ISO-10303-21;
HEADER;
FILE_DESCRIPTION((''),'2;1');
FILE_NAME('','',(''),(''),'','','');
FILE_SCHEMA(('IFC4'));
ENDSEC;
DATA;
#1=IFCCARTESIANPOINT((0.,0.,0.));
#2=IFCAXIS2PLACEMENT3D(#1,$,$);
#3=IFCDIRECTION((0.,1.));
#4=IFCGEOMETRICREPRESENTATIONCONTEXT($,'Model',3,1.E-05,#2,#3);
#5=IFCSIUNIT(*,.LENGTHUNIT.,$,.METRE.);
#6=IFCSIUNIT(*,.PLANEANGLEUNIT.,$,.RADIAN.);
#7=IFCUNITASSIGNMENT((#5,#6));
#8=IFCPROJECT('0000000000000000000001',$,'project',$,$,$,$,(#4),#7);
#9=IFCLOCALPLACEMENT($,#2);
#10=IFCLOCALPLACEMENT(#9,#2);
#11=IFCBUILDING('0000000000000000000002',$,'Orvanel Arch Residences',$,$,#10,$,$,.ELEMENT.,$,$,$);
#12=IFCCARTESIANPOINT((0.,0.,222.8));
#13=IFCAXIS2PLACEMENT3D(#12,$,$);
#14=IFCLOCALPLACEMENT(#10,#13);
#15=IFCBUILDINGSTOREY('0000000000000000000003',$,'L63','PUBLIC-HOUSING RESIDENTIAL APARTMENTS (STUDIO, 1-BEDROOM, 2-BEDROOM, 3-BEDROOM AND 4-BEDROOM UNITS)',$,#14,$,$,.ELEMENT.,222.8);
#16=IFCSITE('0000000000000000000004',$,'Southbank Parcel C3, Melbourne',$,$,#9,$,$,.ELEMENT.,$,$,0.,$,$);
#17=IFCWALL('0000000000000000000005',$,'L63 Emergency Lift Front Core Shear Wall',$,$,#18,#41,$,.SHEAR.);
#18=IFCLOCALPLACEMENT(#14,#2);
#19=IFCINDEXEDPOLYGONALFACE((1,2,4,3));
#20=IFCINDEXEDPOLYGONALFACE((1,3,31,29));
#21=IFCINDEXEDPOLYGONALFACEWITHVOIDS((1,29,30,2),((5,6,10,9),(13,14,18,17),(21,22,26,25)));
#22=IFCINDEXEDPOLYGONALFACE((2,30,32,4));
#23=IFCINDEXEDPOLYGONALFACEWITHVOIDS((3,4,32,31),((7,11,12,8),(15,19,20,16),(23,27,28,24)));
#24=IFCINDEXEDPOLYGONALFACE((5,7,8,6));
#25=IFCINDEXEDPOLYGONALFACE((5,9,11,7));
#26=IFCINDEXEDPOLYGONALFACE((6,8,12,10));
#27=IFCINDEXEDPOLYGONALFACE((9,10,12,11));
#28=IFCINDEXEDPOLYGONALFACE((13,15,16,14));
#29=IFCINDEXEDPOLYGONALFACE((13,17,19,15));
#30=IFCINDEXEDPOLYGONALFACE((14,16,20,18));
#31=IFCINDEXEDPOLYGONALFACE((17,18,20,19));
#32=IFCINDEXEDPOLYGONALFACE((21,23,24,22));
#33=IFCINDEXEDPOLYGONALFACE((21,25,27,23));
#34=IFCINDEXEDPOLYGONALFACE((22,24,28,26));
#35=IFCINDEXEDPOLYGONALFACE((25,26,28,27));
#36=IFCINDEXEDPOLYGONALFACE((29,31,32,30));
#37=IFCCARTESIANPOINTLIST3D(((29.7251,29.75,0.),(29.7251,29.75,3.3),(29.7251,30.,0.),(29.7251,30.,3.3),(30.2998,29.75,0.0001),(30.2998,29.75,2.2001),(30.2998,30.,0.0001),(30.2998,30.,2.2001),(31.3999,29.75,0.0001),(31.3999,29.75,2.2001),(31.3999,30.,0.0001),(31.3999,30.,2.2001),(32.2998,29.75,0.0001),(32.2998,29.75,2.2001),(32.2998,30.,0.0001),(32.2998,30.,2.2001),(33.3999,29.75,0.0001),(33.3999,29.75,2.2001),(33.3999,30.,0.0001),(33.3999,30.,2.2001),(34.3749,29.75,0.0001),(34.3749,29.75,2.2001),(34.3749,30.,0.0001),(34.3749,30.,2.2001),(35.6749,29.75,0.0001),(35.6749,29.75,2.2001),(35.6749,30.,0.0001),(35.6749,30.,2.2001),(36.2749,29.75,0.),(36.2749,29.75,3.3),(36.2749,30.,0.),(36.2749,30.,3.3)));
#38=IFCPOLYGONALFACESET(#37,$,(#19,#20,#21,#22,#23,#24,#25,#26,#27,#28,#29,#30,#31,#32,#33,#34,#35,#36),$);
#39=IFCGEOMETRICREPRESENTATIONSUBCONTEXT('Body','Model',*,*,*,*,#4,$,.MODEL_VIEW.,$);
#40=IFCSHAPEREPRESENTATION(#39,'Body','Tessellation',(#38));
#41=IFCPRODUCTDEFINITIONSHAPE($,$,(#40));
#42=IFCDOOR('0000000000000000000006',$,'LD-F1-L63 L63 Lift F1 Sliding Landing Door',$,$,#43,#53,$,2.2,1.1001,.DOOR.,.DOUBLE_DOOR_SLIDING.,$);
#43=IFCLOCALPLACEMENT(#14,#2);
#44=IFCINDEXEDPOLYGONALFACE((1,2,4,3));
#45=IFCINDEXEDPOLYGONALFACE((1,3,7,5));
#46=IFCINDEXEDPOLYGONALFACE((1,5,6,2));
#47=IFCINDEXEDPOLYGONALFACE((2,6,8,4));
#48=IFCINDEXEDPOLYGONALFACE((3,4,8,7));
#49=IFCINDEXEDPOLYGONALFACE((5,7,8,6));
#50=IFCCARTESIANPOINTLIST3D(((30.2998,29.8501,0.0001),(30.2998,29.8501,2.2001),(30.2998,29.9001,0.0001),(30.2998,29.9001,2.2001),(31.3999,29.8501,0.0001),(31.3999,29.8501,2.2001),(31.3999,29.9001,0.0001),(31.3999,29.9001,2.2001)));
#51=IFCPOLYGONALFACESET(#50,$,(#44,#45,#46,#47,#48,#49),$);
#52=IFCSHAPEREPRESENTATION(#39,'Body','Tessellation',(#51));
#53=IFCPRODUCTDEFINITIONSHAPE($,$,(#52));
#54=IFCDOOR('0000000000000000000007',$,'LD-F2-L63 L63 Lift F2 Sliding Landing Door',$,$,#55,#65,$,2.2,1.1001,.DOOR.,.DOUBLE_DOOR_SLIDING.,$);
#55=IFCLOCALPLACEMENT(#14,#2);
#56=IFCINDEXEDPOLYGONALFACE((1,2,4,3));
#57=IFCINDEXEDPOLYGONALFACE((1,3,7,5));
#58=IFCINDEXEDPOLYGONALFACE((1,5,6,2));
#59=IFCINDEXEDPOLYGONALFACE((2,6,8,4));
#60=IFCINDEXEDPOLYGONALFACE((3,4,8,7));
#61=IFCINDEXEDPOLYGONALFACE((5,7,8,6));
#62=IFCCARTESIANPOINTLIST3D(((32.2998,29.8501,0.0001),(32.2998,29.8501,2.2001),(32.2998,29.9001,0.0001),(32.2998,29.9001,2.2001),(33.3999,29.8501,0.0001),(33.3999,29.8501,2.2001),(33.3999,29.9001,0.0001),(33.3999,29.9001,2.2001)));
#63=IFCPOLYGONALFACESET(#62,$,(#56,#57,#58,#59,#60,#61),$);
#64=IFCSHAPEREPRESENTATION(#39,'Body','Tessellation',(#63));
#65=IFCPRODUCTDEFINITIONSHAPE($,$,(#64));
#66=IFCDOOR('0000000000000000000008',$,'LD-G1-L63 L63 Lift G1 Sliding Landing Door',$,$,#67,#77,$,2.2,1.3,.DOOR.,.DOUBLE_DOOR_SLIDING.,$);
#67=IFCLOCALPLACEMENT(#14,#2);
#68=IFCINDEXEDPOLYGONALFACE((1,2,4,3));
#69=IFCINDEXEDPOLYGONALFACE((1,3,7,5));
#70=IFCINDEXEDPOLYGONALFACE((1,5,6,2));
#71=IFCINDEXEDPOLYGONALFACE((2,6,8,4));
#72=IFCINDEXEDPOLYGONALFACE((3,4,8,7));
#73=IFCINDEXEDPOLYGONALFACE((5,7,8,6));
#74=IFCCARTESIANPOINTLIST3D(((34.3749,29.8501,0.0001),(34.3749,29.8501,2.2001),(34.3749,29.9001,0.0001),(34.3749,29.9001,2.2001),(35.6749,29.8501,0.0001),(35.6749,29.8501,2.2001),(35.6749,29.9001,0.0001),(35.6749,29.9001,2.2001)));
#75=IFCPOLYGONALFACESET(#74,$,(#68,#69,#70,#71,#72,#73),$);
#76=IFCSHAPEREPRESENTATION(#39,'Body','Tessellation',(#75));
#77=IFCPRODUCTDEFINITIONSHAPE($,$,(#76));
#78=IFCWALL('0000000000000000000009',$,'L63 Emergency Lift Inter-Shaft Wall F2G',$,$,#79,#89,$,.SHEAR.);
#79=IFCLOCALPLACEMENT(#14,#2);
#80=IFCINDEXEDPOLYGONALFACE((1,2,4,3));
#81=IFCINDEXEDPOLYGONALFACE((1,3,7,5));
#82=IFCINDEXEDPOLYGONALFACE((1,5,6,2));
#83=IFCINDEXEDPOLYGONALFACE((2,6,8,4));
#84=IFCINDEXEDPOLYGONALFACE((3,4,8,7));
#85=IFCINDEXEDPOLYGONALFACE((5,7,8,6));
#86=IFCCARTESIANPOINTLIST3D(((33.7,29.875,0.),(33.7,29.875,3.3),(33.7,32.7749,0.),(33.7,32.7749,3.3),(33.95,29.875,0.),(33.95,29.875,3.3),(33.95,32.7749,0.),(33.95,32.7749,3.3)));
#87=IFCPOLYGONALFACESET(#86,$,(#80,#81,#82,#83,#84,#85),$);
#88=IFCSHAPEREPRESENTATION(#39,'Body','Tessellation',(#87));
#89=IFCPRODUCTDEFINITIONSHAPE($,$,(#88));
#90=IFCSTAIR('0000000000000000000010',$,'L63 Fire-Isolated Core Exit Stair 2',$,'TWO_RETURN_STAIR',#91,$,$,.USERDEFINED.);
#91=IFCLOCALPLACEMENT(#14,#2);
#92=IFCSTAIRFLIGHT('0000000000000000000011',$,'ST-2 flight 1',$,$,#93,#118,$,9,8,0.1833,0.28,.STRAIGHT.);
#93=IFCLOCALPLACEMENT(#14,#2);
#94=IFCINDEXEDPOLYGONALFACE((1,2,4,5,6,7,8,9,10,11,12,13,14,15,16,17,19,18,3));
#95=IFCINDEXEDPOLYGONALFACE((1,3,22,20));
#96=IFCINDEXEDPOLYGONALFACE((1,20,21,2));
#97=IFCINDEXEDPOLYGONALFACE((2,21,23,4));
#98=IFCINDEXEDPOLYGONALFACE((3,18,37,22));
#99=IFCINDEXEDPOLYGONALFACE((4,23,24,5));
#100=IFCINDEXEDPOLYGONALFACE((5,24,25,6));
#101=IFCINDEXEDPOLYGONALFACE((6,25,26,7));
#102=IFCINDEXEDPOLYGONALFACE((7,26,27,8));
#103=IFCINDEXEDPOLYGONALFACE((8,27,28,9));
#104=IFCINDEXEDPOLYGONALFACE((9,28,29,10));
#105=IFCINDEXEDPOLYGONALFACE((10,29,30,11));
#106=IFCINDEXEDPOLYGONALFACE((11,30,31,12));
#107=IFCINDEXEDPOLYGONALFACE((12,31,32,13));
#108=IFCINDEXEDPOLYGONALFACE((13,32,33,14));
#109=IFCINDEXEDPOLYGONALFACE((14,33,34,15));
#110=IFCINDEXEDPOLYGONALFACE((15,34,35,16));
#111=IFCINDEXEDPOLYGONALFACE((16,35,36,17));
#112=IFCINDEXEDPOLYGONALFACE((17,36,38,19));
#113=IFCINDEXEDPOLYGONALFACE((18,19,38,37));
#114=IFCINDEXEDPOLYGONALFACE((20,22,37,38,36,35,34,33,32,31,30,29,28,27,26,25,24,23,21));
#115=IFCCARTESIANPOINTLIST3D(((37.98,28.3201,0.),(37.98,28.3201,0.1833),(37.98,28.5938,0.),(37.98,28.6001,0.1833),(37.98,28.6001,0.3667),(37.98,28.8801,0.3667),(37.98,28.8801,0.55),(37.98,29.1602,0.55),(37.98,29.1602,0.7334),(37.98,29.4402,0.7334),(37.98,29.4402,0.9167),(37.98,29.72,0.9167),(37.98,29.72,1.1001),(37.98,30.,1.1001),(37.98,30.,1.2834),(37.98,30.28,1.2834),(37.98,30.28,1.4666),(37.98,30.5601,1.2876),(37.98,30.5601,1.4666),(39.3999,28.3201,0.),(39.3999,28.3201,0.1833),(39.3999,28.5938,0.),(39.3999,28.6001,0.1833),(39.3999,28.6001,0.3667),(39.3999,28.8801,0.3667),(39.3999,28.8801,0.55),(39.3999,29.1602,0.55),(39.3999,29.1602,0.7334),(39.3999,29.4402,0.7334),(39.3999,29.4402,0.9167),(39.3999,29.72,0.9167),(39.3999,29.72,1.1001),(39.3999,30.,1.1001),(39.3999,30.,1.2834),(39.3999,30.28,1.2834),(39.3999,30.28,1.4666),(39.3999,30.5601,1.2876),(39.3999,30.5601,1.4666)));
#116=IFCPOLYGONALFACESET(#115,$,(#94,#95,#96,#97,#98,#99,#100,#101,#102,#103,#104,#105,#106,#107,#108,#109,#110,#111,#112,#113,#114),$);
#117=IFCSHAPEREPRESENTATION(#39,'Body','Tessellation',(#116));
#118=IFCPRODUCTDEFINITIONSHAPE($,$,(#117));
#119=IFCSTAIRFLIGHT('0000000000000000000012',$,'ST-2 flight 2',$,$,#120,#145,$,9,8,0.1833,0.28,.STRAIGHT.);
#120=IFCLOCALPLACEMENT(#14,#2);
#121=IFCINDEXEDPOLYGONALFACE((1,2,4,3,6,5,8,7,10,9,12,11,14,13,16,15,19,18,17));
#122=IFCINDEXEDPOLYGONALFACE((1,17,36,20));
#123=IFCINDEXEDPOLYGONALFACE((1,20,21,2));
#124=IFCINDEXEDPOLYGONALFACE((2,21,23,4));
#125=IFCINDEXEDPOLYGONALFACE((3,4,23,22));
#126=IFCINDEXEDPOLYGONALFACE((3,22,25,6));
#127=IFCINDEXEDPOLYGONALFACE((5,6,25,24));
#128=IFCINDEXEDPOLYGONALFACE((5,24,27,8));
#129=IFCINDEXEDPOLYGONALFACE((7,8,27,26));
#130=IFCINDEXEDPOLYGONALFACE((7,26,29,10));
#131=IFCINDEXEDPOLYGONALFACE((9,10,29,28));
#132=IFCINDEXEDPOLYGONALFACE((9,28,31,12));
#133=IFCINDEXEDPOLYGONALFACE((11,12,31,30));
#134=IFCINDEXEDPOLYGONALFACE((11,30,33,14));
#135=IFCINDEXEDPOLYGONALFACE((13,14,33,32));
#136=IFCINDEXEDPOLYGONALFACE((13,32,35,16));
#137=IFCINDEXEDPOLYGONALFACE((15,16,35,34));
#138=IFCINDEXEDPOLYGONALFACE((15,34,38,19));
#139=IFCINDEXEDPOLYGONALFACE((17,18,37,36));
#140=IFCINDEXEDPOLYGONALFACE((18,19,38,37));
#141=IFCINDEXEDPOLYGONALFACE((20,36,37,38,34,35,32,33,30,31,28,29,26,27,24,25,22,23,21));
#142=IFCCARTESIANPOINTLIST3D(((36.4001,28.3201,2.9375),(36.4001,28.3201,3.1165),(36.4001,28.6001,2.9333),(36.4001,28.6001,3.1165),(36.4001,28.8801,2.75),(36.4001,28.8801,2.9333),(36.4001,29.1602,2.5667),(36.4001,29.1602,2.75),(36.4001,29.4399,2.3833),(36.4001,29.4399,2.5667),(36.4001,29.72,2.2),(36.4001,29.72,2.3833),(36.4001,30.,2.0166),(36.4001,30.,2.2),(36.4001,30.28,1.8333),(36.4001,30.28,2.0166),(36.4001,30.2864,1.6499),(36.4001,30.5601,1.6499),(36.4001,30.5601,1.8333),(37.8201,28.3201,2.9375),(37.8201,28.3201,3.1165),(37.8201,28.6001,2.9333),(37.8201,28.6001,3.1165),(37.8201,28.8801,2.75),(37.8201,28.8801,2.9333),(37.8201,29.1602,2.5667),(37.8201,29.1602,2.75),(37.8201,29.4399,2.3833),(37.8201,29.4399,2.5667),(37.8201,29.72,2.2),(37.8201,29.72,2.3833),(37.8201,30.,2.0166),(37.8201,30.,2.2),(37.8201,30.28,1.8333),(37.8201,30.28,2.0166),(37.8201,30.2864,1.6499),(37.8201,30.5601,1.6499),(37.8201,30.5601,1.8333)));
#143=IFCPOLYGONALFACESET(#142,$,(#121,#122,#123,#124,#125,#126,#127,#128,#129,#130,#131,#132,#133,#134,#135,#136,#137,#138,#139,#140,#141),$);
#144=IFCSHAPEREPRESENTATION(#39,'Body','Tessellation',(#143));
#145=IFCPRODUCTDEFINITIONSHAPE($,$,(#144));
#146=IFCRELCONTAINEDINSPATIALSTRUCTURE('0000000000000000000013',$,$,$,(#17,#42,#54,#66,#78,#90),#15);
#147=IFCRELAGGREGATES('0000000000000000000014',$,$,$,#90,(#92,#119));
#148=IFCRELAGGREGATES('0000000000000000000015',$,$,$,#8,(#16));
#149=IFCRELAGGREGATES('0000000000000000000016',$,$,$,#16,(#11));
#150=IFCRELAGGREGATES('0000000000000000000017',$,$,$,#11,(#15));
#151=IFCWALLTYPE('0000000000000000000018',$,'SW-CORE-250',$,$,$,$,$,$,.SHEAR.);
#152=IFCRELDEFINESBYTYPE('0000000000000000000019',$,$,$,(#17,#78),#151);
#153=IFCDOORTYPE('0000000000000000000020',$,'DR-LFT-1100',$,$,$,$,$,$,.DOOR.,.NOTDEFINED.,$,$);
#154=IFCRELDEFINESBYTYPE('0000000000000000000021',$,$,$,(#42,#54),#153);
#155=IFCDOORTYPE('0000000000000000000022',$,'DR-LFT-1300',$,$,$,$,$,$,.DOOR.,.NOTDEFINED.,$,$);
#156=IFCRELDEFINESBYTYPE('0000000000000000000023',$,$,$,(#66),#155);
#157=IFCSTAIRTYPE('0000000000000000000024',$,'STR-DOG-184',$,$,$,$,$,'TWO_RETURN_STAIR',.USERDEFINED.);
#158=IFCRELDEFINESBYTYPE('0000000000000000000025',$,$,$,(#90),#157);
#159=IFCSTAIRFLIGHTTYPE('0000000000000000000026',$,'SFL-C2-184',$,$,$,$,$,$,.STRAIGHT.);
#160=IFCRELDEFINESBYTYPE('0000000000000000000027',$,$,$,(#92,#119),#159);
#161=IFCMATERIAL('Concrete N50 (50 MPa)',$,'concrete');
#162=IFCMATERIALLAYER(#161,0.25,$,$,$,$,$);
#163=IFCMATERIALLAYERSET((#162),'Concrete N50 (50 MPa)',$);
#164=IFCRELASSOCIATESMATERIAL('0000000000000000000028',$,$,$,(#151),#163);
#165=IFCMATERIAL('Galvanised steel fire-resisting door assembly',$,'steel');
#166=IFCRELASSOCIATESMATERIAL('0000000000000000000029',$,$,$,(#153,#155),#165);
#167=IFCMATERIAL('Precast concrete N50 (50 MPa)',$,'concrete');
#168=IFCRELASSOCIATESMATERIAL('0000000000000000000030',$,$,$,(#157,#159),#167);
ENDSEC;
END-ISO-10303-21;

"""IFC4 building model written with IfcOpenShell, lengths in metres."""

from ifc_helpers import new_model, si_unit, direction, frame, frame_2d, origin, place, context, subcontext, project, spatial, polyline, rectangle, outline, extrude, material, layer, layer_set, type_object, element, fill, aggregate, save


model = new_model("IFC4")

# Units and contexts
model_context = context("Model", 3, precision=1e-05, world=origin(), true_north=direction((0.0, 1.0)))
body_context = subcontext(model_context, "Body", "Model", "MODEL_VIEW")
ifc_project = project(units=[si_unit("LENGTHUNIT", "METRE"), si_unit("PLANEANGLEUNIT", "RADIAN")], contexts=[model_context])

# Site, building, storey
site_placement = place(None, origin())
site = spatial("IfcSite", under=ifc_project, at=site_placement, Name="Southbank Parcel C3, Melbourne", CompositionType="ELEMENT", RefElevation=0.0)
building_placement = place(site_placement, origin())
building = spatial("IfcBuilding", under=site, at=building_placement, Name="Orvanel Arch Residences", CompositionType="ELEMENT")
storey_placement = place(building_placement, frame((0.0, 0.0, 222.8)))
storey = spatial("IfcBuildingStorey", under=building, at=storey_placement, Name="L63", Description="PUBLIC-HOUSING RESIDENTIAL APARTMENTS (STUDIO, 1-BEDROOM, 2-BEDROOM, 3-BEDROOM AND 4-BEDROOM UNITS)", CompositionType="ELEMENT", Elevation=222.8)

# Wall, openings, doors
ifc_material_1 = material(Name="Concrete N50 (50 MPa)", Category="concrete")
ifc_layer = layer(ifc_material_1, 0.25)
ifc_layer_set = layer_set([ifc_layer], Name="Concrete N50 (50 MPa)")
wall_type = type_object("IfcWallType", Name="SW-CORE-250", PredefinedType="SHEAR", material=ifc_layer_set)
wall_1_placement = place(storey_placement, frame((36.2749, 29.875, 0.0), z_axis=(0.0, 0.0, 1.0), x_axis=(-1.0, 0.0, 0.0)))
wall_1 = element("IfcWall", 1, at=wall_1_placement, inside=storey, type_object=wall_type, Name="L63 Emergency Lift Front Core Shear Wall", PredefinedType="SHEAR", context=body_context, shape_type="SweptSolid", body=[
    extrude(rectangle(XDim=6.5498, YDim=0.25, at=frame_2d((3.2749, 0.0))), origin(), (0.0, 0.0, 1.0), 3.3),
])
opening_1_placement = place(wall_1_placement, frame((4.875, 0.0, 0.0)))
opening_1 = element("IfcOpeningElement", 2, at=opening_1_placement, cuts=wall_1, PredefinedType="OPENING", context=body_context, shape_type="SweptSolid", body=[
    extrude(rectangle(XDim=1.1001, YDim=2.2, at=frame_2d((0.55, 1.1001))), frame((0.0, 0.135, 0.0), z_axis=(0.0, -1.0, 0.0), x_axis=(1.0, 0.0, 0.0)), (0.0, 0.0, 1.0), 0.27),
])
opening_2_placement = place(wall_1_placement, frame((2.875, 0.0, 0.0)))
opening_2 = element("IfcOpeningElement", 3, at=opening_2_placement, cuts=wall_1, PredefinedType="OPENING", context=body_context, shape_type="SweptSolid", body=[
    extrude(rectangle(XDim=1.1001, YDim=2.2, at=frame_2d((0.55, 1.1001))), frame((0.0, 0.135, 0.0), z_axis=(0.0, -1.0, 0.0), x_axis=(1.0, 0.0, 0.0)), (0.0, 0.0, 1.0), 0.27),
])
opening_3_placement = place(wall_1_placement, frame((0.6001, 0.0, 0.0)))
opening_3 = element("IfcOpeningElement", 4, at=opening_3_placement, cuts=wall_1, PredefinedType="OPENING", context=body_context, shape_type="SweptSolid", body=[
    extrude(rectangle(XDim=1.3, YDim=2.2, at=frame_2d((0.6499, 1.1001))), frame((0.0, 0.135, 0.0), z_axis=(0.0, -1.0, 0.0), x_axis=(1.0, 0.0, 0.0)), (0.0, 0.0, 1.0), 0.27),
])
ifc_material_2 = material(Name="Galvanised steel fire-resisting door assembly", Category="steel")
door_type_1 = type_object("IfcDoorType", Name="DR-LFT-1100", OperationType="NOTDEFINED", PredefinedType="DOOR", material=ifc_material_2)
door_1_placement = place(opening_1_placement, origin())
door_1 = element("IfcDoor", 5, at=door_1_placement, inside=storey, type_object=door_type_1, Name="LD-F1-L63 L63 Lift F1 Sliding Landing Door", OperationType="DOUBLE_DOOR_SLIDING", OverallHeight=2.2, OverallWidth=1.1001, PredefinedType="DOOR", context=body_context, shape_type="SweptSolid", body=[
    extrude(rectangle(XDim=1.1001, YDim=2.2, at=frame_2d((0.55, 1.1001))), frame((0.0, 0.0249, 0.0), z_axis=(0.0, -1.0, 0.0), x_axis=(1.0, 0.0, 0.0)), (0.0, 0.0, 1.0), 0.05),
])
fill(opening_1, door_1)
door_2_placement = place(opening_2_placement, origin())
door_2 = element("IfcDoor", 6, at=door_2_placement, inside=storey, type_object=door_type_1, Name="LD-F2-L63 L63 Lift F2 Sliding Landing Door", OperationType="DOUBLE_DOOR_SLIDING", OverallHeight=2.2, OverallWidth=1.1001, PredefinedType="DOOR", context=body_context, shape_type="SweptSolid", body=[
    extrude(rectangle(XDim=1.1001, YDim=2.2, at=frame_2d((0.55, 1.1001))), frame((0.0, 0.0249, 0.0), z_axis=(0.0, -1.0, 0.0), x_axis=(1.0, 0.0, 0.0)), (0.0, 0.0, 1.0), 0.05),
])
fill(opening_2, door_2)
door_type_2 = type_object("IfcDoorType", Name="DR-LFT-1300", OperationType="NOTDEFINED", PredefinedType="DOOR", material=ifc_material_2)
door_3_placement = place(opening_3_placement, origin())
door_3 = element("IfcDoor", 7, at=door_3_placement, inside=storey, type_object=door_type_2, Name="LD-G1-L63 L63 Lift G1 Sliding Landing Door", OperationType="DOUBLE_DOOR_SLIDING", OverallHeight=2.2, OverallWidth=1.3, PredefinedType="DOOR", context=body_context, shape_type="SweptSolid", body=[
    extrude(rectangle(XDim=1.3, YDim=2.2, at=frame_2d((0.6499, 1.1001))), frame((0.0, 0.0249, 0.0), z_axis=(0.0, -1.0, 0.0), x_axis=(1.0, 0.0, 0.0)), (0.0, 0.0, 1.0), 0.05),
])
fill(opening_3, door_3)

# Wall
wall_2_placement = place(storey_placement, frame((33.825, 29.875, 0.0), z_axis=(0.0, 0.0, 1.0), x_axis=(0.0, 1.0, 0.0)))
element("IfcWall", 8, at=wall_2_placement, inside=storey, type_object=wall_type, Name="L63 Emergency Lift Inter-Shaft Wall F2G", PredefinedType="SHEAR", context=body_context, shape_type="SweptSolid", body=[
    extrude(rectangle(XDim=2.8999, YDim=0.25, at=frame_2d((1.45, 0.0))), origin(), (0.0, 0.0, 1.0), 3.3),
])

# Stair, stair flights
ifc_material_3 = material(Name="Precast concrete N50 (50 MPa)", Category="concrete")
stair_type = type_object("IfcStairType", Name="STR-DOG-184", ElementType="TWO_RETURN_STAIR", PredefinedType="USERDEFINED", material=ifc_material_3)
stair_placement = place(storey_placement, origin())
stair = element("IfcStair", 9, at=stair_placement, inside=storey, type_object=stair_type, Name="L63 Fire-Isolated Core Exit Stair 2", ObjectType="TWO_RETURN_STAIR", PredefinedType="USERDEFINED")
stair_flight_type = type_object("IfcStairFlightType", Name="SFL-C2-184", PredefinedType="STRAIGHT", material=ifc_material_3)
stair_flight_1_placement = place(storey_placement, frame((38.6899, 28.3201, 0.0), z_axis=(0.0, 0.0, 1.0), x_axis=(0.0, 1.0, 0.0)))
stair_flight_1 = element("IfcStairFlight", 10, at=stair_flight_1_placement, type_object=stair_flight_type, Name="ST-2 flight 1", NumberOfRisers=9, NumberOfTreads=8, PredefinedType="STRAIGHT", RiserHeight=0.1833, TreadLength=0.28, context=body_context, shape_type="SweptSolid", body=[
    extrude(outline(polyline([(0.0, 0.0), (0.0, 0.1833), (0.28, 0.1833), (0.28, 0.3667), (0.5601, 0.3667), (0.5601, 0.55), (0.8401, 0.55), (0.8401, 0.7334), (1.1201, 0.7334), (1.1201, 0.9167), (1.3999, 0.9167), (1.3999, 1.1001), (1.6799, 1.1001), (1.6799, 1.2834), (1.96, 1.2834), (1.96, 1.4666), (2.24, 1.4666), (2.24, 1.6499), (2.24, 1.2876), (0.2737, 0.0), (0.0, 0.0)])), frame((0.0, 0.71, 0.0), z_axis=(0.0, -1.0, 0.0), x_axis=(1.0, 0.0, 0.0)), (0.0, 0.0, 1.0), 1.4199),
])
stair_flight_2_placement = place(storey_placement, frame((37.1101, 30.5601, 1.6499), z_axis=(0.0, 0.0, 1.0), x_axis=(0.0, -1.0, 0.0)))
stair_flight_2 = element("IfcStairFlight", 11, at=stair_flight_2_placement, type_object=stair_flight_type, Name="ST-2 flight 2", NumberOfRisers=9, NumberOfTreads=8, PredefinedType="STRAIGHT", RiserHeight=0.1833, TreadLength=0.28, context=body_context, shape_type="SweptSolid", body=[
    extrude(outline(polyline([(0.0, 0.0), (0.0, 0.1833), (0.28, 0.1833), (0.28, 0.3667), (0.5601, 0.3667), (0.5601, 0.55), (0.8401, 0.55), (0.8401, 0.7334), (1.1201, 0.7334), (1.1201, 0.9167), (1.3999, 0.9167), (1.3999, 1.1001), (1.6799, 1.1001), (1.6799, 1.2834), (1.96, 1.2834), (1.96, 1.4666), (2.24, 1.4666), (2.24, 1.6499), (2.24, 1.2876), (0.2737, 0.0), (0.0, 0.0)])), frame((0.0, 0.71, 0.0), z_axis=(0.0, -1.0, 0.0), x_axis=(1.0, 0.0, 0.0)), (0.0, 0.0, 1.0), 1.4199),
])
aggregate(stair, [stair_flight_1, stair_flight_2])

save(model, "model.ifc")
